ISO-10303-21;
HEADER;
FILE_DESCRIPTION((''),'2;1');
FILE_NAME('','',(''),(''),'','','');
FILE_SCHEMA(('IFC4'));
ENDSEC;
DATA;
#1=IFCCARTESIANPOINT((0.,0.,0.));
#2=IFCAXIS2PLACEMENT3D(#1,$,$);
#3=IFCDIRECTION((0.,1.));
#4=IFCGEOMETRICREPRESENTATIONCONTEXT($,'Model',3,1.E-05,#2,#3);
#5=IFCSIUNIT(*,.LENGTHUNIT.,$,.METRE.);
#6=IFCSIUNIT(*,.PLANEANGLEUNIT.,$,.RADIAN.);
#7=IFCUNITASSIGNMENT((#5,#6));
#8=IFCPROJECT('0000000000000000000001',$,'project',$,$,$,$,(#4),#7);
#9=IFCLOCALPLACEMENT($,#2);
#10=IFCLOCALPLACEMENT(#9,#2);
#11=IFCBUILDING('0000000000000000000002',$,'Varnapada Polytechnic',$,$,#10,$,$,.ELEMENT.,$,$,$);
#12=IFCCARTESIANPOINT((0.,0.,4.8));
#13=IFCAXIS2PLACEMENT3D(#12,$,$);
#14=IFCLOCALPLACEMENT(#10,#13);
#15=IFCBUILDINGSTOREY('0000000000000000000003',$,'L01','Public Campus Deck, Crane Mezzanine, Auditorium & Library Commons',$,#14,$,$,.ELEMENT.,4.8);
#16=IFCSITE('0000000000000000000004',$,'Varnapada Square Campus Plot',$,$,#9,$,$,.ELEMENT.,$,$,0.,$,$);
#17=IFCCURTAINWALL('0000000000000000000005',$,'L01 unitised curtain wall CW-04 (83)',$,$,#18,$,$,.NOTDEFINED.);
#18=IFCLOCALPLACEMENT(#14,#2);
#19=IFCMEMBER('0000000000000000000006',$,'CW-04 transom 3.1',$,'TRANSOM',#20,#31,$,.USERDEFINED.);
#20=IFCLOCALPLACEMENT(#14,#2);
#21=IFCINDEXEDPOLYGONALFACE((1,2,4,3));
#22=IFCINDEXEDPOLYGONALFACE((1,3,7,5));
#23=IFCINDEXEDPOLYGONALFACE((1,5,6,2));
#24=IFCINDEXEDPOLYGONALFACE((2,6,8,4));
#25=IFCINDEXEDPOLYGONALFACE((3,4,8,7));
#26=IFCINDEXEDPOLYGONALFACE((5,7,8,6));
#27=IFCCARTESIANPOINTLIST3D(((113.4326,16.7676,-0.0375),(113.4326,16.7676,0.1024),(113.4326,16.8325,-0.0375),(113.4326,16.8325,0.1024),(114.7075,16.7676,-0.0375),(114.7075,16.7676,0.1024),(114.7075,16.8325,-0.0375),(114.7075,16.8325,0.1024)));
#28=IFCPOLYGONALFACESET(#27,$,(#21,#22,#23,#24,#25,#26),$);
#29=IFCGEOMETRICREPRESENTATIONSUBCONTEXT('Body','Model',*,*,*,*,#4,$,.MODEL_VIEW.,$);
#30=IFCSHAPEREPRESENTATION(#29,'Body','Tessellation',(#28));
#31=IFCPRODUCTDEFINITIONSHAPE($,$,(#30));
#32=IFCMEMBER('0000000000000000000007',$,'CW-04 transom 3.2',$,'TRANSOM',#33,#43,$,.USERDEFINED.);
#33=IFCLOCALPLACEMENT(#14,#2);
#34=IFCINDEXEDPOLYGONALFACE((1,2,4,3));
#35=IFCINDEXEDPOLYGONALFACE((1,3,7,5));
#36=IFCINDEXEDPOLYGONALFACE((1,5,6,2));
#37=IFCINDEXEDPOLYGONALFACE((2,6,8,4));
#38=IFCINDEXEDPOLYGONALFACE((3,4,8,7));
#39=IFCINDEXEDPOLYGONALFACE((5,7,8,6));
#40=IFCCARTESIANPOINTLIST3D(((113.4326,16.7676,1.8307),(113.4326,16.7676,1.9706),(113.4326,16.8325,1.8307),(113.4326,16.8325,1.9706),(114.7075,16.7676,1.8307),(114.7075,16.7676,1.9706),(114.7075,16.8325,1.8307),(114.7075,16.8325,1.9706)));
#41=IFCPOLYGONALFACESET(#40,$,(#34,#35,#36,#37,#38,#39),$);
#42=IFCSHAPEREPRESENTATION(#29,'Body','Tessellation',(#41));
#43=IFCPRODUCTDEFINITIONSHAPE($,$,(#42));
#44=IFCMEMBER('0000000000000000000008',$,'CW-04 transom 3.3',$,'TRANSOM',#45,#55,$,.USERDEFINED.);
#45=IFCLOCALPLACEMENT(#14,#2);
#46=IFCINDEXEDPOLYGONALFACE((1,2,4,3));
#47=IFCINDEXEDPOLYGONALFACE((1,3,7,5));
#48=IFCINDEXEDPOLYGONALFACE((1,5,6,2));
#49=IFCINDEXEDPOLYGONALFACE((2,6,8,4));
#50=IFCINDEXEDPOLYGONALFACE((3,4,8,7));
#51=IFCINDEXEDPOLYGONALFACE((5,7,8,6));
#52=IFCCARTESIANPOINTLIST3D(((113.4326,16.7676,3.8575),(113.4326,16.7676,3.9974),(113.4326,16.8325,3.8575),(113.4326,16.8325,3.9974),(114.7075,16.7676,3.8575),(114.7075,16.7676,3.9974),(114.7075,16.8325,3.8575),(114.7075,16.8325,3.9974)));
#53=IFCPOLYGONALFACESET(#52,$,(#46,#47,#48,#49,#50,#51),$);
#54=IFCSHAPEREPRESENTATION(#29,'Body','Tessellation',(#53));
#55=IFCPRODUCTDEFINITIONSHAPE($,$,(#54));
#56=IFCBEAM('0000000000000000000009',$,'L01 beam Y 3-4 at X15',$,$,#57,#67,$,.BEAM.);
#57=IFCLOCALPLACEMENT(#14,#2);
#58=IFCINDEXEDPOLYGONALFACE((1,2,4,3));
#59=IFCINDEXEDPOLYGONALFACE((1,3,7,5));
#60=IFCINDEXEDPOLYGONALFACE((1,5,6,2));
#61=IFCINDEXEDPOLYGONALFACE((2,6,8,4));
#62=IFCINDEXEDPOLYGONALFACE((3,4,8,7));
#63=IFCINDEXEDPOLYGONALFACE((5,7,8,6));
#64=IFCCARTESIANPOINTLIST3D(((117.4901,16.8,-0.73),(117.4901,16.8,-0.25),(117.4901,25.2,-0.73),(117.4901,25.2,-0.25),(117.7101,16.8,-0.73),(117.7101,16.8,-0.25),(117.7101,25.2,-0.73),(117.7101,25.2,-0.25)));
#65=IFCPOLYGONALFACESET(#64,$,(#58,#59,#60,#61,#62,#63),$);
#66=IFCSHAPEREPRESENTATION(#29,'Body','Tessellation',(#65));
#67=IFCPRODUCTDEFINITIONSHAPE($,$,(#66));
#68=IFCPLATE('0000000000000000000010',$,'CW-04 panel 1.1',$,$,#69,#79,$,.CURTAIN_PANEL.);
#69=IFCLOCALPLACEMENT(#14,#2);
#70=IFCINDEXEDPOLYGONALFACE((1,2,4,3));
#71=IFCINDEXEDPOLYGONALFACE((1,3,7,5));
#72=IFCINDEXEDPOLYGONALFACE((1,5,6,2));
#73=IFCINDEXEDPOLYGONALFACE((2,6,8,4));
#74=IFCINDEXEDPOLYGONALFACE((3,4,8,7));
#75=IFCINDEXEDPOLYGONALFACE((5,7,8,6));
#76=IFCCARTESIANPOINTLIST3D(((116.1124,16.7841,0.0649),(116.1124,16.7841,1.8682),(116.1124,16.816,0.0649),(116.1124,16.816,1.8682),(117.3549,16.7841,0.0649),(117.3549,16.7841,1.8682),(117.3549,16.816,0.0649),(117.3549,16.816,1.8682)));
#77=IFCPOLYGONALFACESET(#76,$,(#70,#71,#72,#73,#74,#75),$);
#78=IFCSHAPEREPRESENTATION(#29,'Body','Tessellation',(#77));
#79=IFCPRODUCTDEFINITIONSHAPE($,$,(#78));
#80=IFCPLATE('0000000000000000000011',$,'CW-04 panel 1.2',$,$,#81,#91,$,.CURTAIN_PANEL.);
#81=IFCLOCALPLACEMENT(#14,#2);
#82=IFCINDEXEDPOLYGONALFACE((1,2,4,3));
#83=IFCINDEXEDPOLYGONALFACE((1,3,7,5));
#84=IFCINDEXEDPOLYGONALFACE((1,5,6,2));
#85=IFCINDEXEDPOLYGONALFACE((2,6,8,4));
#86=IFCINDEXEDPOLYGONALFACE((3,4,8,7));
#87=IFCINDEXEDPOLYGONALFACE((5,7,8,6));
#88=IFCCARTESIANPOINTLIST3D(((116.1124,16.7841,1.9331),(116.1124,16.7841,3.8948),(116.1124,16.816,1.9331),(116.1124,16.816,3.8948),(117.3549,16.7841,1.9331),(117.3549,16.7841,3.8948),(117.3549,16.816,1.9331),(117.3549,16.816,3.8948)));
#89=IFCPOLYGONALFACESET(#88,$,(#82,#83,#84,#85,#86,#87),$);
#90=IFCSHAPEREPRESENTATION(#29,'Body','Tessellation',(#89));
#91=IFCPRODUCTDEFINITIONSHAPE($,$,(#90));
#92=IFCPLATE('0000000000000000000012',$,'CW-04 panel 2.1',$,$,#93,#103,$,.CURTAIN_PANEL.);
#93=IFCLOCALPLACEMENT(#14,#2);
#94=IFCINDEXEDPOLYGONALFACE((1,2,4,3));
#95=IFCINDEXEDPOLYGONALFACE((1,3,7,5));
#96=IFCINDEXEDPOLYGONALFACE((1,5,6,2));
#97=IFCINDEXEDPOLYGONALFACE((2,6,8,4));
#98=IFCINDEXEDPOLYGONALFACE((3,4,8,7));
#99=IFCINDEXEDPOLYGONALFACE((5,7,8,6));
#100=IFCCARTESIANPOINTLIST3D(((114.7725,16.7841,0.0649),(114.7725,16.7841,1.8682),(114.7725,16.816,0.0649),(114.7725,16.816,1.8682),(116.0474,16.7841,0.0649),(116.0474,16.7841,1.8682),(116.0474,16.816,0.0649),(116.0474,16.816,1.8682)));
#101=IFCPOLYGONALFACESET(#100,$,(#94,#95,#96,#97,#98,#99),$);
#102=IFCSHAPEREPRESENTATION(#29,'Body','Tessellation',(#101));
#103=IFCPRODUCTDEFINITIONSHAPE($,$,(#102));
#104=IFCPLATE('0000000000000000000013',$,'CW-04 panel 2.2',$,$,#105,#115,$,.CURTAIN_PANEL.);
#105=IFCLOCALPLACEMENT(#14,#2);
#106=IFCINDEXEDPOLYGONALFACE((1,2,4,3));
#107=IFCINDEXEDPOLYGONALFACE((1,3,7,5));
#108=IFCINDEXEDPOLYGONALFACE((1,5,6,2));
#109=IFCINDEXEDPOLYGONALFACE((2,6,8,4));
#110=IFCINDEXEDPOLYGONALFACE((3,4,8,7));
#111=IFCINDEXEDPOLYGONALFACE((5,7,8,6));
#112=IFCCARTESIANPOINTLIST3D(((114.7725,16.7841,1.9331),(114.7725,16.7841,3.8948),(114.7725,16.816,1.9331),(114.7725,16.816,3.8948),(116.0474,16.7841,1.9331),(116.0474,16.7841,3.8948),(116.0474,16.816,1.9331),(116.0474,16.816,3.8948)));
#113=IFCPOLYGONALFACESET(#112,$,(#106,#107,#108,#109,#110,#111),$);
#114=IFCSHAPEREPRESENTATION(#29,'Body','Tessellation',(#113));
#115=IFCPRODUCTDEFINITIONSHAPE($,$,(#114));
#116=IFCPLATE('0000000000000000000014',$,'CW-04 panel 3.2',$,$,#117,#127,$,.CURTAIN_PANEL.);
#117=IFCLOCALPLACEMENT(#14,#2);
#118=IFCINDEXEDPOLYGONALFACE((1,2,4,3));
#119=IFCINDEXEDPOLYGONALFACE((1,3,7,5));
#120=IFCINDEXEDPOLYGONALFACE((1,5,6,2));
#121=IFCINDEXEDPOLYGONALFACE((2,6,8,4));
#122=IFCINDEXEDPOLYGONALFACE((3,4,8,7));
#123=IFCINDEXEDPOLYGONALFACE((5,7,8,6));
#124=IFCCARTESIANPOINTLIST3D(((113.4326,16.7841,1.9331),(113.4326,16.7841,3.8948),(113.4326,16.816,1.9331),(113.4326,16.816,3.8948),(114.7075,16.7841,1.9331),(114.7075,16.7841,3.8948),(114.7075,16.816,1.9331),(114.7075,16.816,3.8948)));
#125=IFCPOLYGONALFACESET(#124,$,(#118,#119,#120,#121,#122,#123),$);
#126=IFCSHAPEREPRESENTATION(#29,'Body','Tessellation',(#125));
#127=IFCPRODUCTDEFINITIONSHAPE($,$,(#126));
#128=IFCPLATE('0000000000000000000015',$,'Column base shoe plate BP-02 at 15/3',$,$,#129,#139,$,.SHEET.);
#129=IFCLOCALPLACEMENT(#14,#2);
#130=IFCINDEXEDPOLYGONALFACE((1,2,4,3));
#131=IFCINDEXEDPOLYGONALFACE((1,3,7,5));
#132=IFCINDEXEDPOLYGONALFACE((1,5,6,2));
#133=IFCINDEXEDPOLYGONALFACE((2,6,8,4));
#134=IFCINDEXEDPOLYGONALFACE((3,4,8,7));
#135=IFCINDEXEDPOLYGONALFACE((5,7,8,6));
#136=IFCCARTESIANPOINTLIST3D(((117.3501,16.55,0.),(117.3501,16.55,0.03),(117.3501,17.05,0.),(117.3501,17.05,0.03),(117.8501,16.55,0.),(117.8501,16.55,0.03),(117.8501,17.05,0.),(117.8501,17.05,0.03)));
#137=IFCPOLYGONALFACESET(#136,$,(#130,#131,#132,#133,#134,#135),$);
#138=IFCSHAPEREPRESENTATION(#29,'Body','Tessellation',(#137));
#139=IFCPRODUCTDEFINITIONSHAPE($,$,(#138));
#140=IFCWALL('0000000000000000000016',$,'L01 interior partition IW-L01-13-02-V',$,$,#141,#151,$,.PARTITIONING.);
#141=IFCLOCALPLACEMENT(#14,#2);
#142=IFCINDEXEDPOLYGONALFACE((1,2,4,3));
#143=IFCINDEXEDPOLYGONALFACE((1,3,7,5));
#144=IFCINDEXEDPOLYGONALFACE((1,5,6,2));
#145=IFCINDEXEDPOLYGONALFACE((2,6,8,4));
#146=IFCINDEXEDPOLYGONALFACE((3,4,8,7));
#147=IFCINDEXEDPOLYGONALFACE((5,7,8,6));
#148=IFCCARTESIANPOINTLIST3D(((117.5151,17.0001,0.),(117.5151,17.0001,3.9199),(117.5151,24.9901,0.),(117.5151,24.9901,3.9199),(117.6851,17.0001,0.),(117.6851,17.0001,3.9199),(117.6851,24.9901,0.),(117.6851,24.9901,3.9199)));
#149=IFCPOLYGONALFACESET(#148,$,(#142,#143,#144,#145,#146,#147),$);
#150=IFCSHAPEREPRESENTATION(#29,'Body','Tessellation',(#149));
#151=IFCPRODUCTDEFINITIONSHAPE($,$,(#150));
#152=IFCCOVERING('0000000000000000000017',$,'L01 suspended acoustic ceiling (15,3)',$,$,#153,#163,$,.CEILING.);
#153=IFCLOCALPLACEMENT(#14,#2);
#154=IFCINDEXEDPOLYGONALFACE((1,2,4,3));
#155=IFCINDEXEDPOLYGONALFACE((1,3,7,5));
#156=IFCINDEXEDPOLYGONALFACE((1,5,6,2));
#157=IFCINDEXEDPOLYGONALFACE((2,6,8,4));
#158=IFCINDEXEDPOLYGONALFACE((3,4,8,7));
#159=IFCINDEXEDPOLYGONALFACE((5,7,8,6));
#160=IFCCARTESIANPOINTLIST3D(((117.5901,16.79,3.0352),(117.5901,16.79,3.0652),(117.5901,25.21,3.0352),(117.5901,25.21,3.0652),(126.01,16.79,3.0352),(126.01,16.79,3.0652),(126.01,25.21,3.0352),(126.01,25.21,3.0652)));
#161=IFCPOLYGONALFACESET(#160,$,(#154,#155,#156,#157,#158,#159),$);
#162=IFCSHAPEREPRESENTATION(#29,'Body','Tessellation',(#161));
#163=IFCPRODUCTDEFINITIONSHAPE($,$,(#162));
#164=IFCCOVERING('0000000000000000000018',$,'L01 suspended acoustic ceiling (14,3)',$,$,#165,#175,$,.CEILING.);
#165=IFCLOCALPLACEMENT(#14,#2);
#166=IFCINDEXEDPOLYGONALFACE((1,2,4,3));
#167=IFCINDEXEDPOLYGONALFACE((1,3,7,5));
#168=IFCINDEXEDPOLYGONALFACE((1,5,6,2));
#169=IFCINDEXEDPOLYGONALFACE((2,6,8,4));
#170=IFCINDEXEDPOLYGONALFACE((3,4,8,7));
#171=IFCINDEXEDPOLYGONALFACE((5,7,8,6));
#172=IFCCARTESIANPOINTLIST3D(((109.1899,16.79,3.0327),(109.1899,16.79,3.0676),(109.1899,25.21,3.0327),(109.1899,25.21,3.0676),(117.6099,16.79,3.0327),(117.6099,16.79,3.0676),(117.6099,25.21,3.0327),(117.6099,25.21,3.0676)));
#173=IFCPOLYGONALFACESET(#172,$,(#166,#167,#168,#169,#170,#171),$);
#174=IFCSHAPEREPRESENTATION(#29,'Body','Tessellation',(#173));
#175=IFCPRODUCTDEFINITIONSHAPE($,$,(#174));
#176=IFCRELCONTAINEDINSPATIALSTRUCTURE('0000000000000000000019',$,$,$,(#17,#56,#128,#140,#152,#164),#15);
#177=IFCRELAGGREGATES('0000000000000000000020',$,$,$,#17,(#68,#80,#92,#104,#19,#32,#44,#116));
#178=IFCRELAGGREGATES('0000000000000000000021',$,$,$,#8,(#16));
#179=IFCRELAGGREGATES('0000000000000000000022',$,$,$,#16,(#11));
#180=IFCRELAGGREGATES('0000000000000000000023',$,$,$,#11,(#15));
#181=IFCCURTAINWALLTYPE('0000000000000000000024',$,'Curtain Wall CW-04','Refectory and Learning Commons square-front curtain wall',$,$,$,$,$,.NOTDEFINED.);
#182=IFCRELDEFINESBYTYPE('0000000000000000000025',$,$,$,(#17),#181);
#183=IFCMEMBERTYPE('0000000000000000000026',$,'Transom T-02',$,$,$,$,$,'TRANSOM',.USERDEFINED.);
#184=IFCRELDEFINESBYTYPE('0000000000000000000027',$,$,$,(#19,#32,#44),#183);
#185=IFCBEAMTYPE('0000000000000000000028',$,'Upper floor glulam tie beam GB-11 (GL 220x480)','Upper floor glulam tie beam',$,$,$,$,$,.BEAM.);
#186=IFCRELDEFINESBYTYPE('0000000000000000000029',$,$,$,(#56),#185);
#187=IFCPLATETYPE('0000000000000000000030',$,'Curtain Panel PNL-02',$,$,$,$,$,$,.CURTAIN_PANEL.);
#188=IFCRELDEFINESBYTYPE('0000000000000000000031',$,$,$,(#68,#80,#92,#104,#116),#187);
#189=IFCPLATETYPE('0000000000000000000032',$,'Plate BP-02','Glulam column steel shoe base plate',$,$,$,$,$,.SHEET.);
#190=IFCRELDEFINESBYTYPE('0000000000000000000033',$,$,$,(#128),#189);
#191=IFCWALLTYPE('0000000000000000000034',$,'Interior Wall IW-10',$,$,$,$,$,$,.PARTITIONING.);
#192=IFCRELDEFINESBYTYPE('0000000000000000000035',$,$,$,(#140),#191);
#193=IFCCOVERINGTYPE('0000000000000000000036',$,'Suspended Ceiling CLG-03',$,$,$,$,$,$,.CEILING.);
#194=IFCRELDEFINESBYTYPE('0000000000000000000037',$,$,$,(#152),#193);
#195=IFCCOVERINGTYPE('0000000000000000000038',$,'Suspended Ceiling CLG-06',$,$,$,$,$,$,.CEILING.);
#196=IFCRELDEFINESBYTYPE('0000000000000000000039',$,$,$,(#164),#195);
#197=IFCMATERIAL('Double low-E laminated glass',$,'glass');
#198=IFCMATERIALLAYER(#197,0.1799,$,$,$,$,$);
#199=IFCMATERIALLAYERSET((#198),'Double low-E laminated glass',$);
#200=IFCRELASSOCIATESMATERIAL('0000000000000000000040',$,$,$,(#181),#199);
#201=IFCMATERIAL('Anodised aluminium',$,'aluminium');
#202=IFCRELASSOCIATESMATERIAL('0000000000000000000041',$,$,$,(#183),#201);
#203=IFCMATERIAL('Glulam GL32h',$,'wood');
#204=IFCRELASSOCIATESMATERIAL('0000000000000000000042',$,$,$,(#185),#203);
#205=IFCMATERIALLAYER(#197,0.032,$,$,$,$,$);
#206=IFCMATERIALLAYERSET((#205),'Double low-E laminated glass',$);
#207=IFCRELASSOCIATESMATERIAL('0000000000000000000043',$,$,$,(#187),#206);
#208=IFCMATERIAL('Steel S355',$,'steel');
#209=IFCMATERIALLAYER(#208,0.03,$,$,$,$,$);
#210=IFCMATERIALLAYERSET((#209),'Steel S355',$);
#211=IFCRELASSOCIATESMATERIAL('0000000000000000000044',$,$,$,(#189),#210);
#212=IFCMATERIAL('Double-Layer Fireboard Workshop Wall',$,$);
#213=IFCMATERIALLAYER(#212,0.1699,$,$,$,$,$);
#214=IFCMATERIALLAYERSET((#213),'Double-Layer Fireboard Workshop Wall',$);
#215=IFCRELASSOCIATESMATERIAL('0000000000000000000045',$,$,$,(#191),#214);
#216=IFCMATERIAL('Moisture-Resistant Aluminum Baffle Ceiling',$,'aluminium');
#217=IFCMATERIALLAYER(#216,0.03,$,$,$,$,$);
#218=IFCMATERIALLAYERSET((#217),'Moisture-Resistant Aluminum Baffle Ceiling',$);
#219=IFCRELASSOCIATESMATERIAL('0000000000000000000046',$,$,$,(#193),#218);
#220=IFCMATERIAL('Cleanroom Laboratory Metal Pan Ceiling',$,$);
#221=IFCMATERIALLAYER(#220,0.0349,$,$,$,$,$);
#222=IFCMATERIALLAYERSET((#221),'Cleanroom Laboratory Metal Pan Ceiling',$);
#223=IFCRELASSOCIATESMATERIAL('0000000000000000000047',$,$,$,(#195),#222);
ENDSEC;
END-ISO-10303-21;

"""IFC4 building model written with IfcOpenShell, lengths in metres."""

from ifc_helpers import new_model, si_unit, direction, frame, frame_2d, origin, origin_2d, place, context, subcontext, project, spatial, rectangle, extrude, material, layer, layer_set, material_profile, profile_set, type_object, element, aggregate, save


model = new_model("IFC4")

# Units and contexts
model_context = context("Model", 3, precision=1e-05, world=origin(), true_north=direction((0.0, 1.0)))
body_context = subcontext(model_context, "Body", "Model", "MODEL_VIEW")
ifc_project = project(units=[si_unit("LENGTHUNIT", "METRE"), si_unit("PLANEANGLEUNIT", "RADIAN")], contexts=[model_context])

# Site, building, storey
site_placement = place(None, origin())
site = spatial("IfcSite", under=ifc_project, at=site_placement, Name="Varnapada Square Campus Plot", CompositionType="ELEMENT", RefElevation=0.0)
building_placement = place(site_placement, origin())
building = spatial("IfcBuilding", under=site, at=building_placement, Name="Varnapada Polytechnic", CompositionType="ELEMENT")
storey_placement = place(building_placement, frame((0.0, 0.0, 4.8)))
storey = spatial("IfcBuildingStorey", under=building, at=storey_placement, Name="L01", Description="Public Campus Deck, Crane Mezzanine, Auditorium & Library Commons", CompositionType="ELEMENT", Elevation=4.8)

# Shared definitions
ifc_material_1 = material(Name="Glulam GL32h", Category="wood")

# Curtain wall
ifc_material_2 = material(Name="Double low-E laminated glass", Category="glass")
ifc_layer_1 = layer(ifc_material_2, 0.1799)
ifc_layer_set_1 = layer_set([ifc_layer_1], Name="Double low-E laminated glass")
curtain_wall_type = type_object("IfcCurtainWallType", Name="Curtain Wall CW-04", Description="Refectory and Learning Commons square-front curtain wall", PredefinedType="NOTDEFINED", material=ifc_layer_set_1)
curtain_wall_placement = place(storey_placement, origin())
curtain_wall = element("IfcCurtainWall", 1, at=curtain_wall_placement, inside=storey, type_object=curtain_wall_type, Name="L01 unitised curtain wall CW-04 (83)", PredefinedType="NOTDEFINED")
ifc_material_3 = material(Name="Anodised aluminium", Category="aluminium")

# Members
ifc_material_profile_1 = material_profile(ifc_material_3, rectangle(XDim=0.0649, YDim=0.1399, at=origin_2d()), Name="ALU T65x140")
ifc_profile_set_1 = profile_set([ifc_material_profile_1], Name="Anodised aluminium")
member_type_1 = type_object("IfcMemberType", Name="Transom T-02", ElementType="TRANSOM", PredefinedType="USERDEFINED", material=ifc_profile_set_1)
member_1_placement = place(storey_placement, frame((114.7075, 16.8, 0.0325), z_axis=(-1.0, 0.0, 0.0), x_axis=(0.0, -1.0, 0.0)))
member_1 = element("IfcMember", 2, at=member_1_placement, type_object=member_type_1, Name="CW-04 transom 3.1", ObjectType="TRANSOM", PredefinedType="USERDEFINED", context=body_context, shape_type="SweptSolid", body=[
    extrude(rectangle(XDim=0.0649, YDim=0.1399, at=origin_2d()), origin(), (0.0, 0.0, 1.0), 1.2749),
])
member_2_placement = place(storey_placement, frame((114.7075, 16.8, 1.9006), z_axis=(-1.0, 0.0, 0.0), x_axis=(0.0, -1.0, 0.0)))
member_2 = element("IfcMember", 3, at=member_2_placement, type_object=member_type_1, Name="CW-04 transom 3.2", ObjectType="TRANSOM", PredefinedType="USERDEFINED", context=body_context, shape_type="SweptSolid", body=[
    extrude(rectangle(XDim=0.0649, YDim=0.1399, at=origin_2d()), origin(), (0.0, 0.0, 1.0), 1.2749),
])
member_3_placement = place(storey_placement, frame((114.7075, 16.8, 3.9275), z_axis=(-1.0, 0.0, 0.0), x_axis=(0.0, -1.0, 0.0)))
member_3 = element("IfcMember", 4, at=member_3_placement, type_object=member_type_1, Name="CW-04 transom 3.3", ObjectType="TRANSOM", PredefinedType="USERDEFINED", context=body_context, shape_type="SweptSolid", body=[
    extrude(rectangle(XDim=0.0649, YDim=0.1399, at=origin_2d()), origin(), (0.0, 0.0, 1.0), 1.2749),
])

# Beam
ifc_material_profile_2 = material_profile(ifc_material_1, rectangle(XDim=0.22, YDim=0.48, at=origin_2d()), Name="GL 220x480")
ifc_profile_set_2 = profile_set([ifc_material_profile_2], Name="Glulam GL32h")
beam_type_1 = type_object("IfcBeamType", Name="Upper floor glulam tie beam GB-11 (GL 220x480)", Description="Upper floor glulam tie beam", PredefinedType="BEAM", material=ifc_profile_set_2)
beam_1_placement = place(storey_placement, frame((117.6001, 16.8, -0.49), z_axis=(0.0, 1.0, 0.0), x_axis=(-1.0, 0.0, 0.0)))
element("IfcBeam", 5, at=beam_1_placement, inside=storey, type_object=beam_type_1, Name="L01 beam Y 3-4 at X15", PredefinedType="BEAM", context=body_context, shape_type="SweptSolid", body=[
    extrude(rectangle(XDim=0.22, YDim=0.48, at=origin_2d()), origin(), (0.0, 0.0, 1.0), 8.3999),
])

# Plates
ifc_layer_2 = layer(ifc_material_2, 0.032)
ifc_layer_set_2 = layer_set([ifc_layer_2], Name="Double low-E laminated glass")
plate_type_1 = type_object("IfcPlateType", Name="Curtain Panel PNL-02", PredefinedType="CURTAIN_PANEL", material=ifc_layer_set_2)
plate_1_placement = place(storey_placement, frame((116.7336, 16.8, 0.0649), z_axis=(0.0, 0.0, 1.0), x_axis=(-1.0, 0.0, 0.0)))
plate_1 = element("IfcPlate", 6, at=plate_1_placement, type_object=plate_type_1, Name="CW-04 panel 1.1", PredefinedType="CURTAIN_PANEL", context=body_context, shape_type="SweptSolid", body=[
    extrude(rectangle(XDim=1.2424, YDim=0.032, at=origin_2d()), origin(), (0.0, 0.0, 1.0), 1.8032),
])
plate_2_placement = place(storey_placement, frame((116.7336, 16.8, 1.9331), z_axis=(0.0, 0.0, 1.0), x_axis=(-1.0, 0.0, 0.0)))
plate_2 = element("IfcPlate", 7, at=plate_2_placement, type_object=plate_type_1, Name="CW-04 panel 1.2", PredefinedType="CURTAIN_PANEL", context=body_context, shape_type="SweptSolid", body=[
    extrude(rectangle(XDim=1.2424, YDim=0.032, at=origin_2d()), origin(), (0.0, 0.0, 1.0), 1.9617),
])
plate_3_placement = place(storey_placement, frame((115.4099, 16.8, 0.0649), z_axis=(0.0, 0.0, 1.0), x_axis=(-1.0, 0.0, 0.0)))
plate_3 = element("IfcPlate", 8, at=plate_3_placement, type_object=plate_type_1, Name="CW-04 panel 2.1", PredefinedType="CURTAIN_PANEL", context=body_context, shape_type="SweptSolid", body=[
    extrude(rectangle(XDim=1.2749, YDim=0.032, at=origin_2d()), origin(), (0.0, 0.0, 1.0), 1.8032),
])
plate_4_placement = place(storey_placement, frame((115.4099, 16.8, 1.9331), z_axis=(0.0, 0.0, 1.0), x_axis=(-1.0, 0.0, 0.0)))
plate_4 = element("IfcPlate", 9, at=plate_4_placement, type_object=plate_type_1, Name="CW-04 panel 2.2", PredefinedType="CURTAIN_PANEL", context=body_context, shape_type="SweptSolid", body=[
    extrude(rectangle(XDim=1.2749, YDim=0.032, at=origin_2d()), origin(), (0.0, 0.0, 1.0), 1.9617),
])
plate_5_placement = place(storey_placement, frame((114.0701, 16.8, 1.9331), z_axis=(0.0, 0.0, 1.0), x_axis=(-1.0, 0.0, 0.0)))
plate_5 = element("IfcPlate", 10, at=plate_5_placement, type_object=plate_type_1, Name="CW-04 panel 3.2", PredefinedType="CURTAIN_PANEL", context=body_context, shape_type="SweptSolid", body=[
    extrude(rectangle(XDim=1.2749, YDim=0.032, at=origin_2d()), origin(), (0.0, 0.0, 1.0), 1.9617),
])
aggregate(curtain_wall, [plate_1, plate_2, plate_3, plate_4, member_1, member_2, member_3, plate_5])
ifc_material_4 = material(Name="Steel S355", Category="steel")
ifc_layer_3 = layer(ifc_material_4, 0.03)
ifc_layer_set_3 = layer_set([ifc_layer_3], Name="Steel S355")
plate_type_2 = type_object("IfcPlateType", Name="Plate BP-02", Description="Glulam column steel shoe base plate", PredefinedType="SHEET", material=ifc_layer_set_3)
plate_6_placement = place(storey_placement, frame((117.6001, 16.8, 0.0), z_axis=(0.0, 0.0, 1.0), x_axis=(1.0, 0.0, 0.0)))
element("IfcPlate", 11, at=plate_6_placement, inside=storey, type_object=plate_type_2, Name="Column base shoe plate BP-02 at 15/3", PredefinedType="SHEET", context=body_context, shape_type="SweptSolid", body=[
    extrude(rectangle(XDim=0.5, YDim=0.5, at=origin_2d()), origin(), (0.0, 0.0, 1.0), 0.03),
])

# Wall
ifc_material_5 = material(Name="Double-Layer Fireboard Workshop Wall")
ifc_layer_4 = layer(ifc_material_5, 0.1699)
ifc_layer_set_4 = layer_set([ifc_layer_4], Name="Double-Layer Fireboard Workshop Wall")
wall_type = type_object("IfcWallType", Name="Interior Wall IW-10", PredefinedType="PARTITIONING", material=ifc_layer_set_4)
wall_placement = place(storey_placement, frame((117.6001, 17.0, 0.0), z_axis=(0.0, 0.0, 1.0), x_axis=(0.0, 1.0, 0.0)))
element("IfcWall", 12, at=wall_placement, inside=storey, type_object=wall_type, Name="L01 interior partition IW-L01-13-02-V", PredefinedType="PARTITIONING", context=body_context, shape_type="SweptSolid", body=[
    extrude(rectangle(XDim=7.99, YDim=0.1699, at=frame_2d((3.9951, 0.0))), origin(), (0.0, 0.0, 1.0), 3.9199),
])

# Coverings
ifc_material_6 = material(Name="Moisture-Resistant Aluminum Baffle Ceiling", Category="aluminium")
ifc_layer_5 = layer(ifc_material_6, 0.03)
ifc_layer_set_5 = layer_set([ifc_layer_5], Name="Moisture-Resistant Aluminum Baffle Ceiling")
covering_type_1 = type_object("IfcCoveringType", Name="Suspended Ceiling CLG-03", PredefinedType="CEILING", material=ifc_layer_set_5)
covering_1_placement = place(storey_placement, frame((121.8, 21.0, 3.0352), z_axis=(0.0, 0.0, 1.0), x_axis=(1.0, 0.0, 0.0)))
element("IfcCovering", 13, at=covering_1_placement, inside=storey, type_object=covering_type_1, Name="L01 suspended acoustic ceiling (15,3)", PredefinedType="CEILING", context=body_context, shape_type="SweptSolid", body=[
    extrude(rectangle(XDim=8.4199, YDim=8.4199, at=origin_2d()), origin(), (0.0, 0.0, 1.0), 0.03),
])
ifc_material_7 = material(Name="Cleanroom Laboratory Metal Pan Ceiling")
ifc_layer_6 = layer(ifc_material_7, 0.0349)
ifc_layer_set_6 = layer_set([ifc_layer_6], Name="Cleanroom Laboratory Metal Pan Ceiling")
covering_type_2 = type_object("IfcCoveringType", Name="Suspended Ceiling CLG-06", PredefinedType="CEILING", material=ifc_layer_set_6)
covering_2_placement = place(storey_placement, frame((113.3999, 21.0, 3.0327), z_axis=(0.0, 0.0, 1.0), x_axis=(1.0, 0.0, 0.0)))
element("IfcCovering", 14, at=covering_2_placement, inside=storey, type_object=covering_type_2, Name="L01 suspended acoustic ceiling (14,3)", PredefinedType="CEILING", context=body_context, shape_type="SweptSolid", body=[
    extrude(rectangle(XDim=8.4199, YDim=8.4199, at=origin_2d()), origin(), (0.0, 0.0, 1.0), 0.0349),
])

save(model, "model.ifc")
